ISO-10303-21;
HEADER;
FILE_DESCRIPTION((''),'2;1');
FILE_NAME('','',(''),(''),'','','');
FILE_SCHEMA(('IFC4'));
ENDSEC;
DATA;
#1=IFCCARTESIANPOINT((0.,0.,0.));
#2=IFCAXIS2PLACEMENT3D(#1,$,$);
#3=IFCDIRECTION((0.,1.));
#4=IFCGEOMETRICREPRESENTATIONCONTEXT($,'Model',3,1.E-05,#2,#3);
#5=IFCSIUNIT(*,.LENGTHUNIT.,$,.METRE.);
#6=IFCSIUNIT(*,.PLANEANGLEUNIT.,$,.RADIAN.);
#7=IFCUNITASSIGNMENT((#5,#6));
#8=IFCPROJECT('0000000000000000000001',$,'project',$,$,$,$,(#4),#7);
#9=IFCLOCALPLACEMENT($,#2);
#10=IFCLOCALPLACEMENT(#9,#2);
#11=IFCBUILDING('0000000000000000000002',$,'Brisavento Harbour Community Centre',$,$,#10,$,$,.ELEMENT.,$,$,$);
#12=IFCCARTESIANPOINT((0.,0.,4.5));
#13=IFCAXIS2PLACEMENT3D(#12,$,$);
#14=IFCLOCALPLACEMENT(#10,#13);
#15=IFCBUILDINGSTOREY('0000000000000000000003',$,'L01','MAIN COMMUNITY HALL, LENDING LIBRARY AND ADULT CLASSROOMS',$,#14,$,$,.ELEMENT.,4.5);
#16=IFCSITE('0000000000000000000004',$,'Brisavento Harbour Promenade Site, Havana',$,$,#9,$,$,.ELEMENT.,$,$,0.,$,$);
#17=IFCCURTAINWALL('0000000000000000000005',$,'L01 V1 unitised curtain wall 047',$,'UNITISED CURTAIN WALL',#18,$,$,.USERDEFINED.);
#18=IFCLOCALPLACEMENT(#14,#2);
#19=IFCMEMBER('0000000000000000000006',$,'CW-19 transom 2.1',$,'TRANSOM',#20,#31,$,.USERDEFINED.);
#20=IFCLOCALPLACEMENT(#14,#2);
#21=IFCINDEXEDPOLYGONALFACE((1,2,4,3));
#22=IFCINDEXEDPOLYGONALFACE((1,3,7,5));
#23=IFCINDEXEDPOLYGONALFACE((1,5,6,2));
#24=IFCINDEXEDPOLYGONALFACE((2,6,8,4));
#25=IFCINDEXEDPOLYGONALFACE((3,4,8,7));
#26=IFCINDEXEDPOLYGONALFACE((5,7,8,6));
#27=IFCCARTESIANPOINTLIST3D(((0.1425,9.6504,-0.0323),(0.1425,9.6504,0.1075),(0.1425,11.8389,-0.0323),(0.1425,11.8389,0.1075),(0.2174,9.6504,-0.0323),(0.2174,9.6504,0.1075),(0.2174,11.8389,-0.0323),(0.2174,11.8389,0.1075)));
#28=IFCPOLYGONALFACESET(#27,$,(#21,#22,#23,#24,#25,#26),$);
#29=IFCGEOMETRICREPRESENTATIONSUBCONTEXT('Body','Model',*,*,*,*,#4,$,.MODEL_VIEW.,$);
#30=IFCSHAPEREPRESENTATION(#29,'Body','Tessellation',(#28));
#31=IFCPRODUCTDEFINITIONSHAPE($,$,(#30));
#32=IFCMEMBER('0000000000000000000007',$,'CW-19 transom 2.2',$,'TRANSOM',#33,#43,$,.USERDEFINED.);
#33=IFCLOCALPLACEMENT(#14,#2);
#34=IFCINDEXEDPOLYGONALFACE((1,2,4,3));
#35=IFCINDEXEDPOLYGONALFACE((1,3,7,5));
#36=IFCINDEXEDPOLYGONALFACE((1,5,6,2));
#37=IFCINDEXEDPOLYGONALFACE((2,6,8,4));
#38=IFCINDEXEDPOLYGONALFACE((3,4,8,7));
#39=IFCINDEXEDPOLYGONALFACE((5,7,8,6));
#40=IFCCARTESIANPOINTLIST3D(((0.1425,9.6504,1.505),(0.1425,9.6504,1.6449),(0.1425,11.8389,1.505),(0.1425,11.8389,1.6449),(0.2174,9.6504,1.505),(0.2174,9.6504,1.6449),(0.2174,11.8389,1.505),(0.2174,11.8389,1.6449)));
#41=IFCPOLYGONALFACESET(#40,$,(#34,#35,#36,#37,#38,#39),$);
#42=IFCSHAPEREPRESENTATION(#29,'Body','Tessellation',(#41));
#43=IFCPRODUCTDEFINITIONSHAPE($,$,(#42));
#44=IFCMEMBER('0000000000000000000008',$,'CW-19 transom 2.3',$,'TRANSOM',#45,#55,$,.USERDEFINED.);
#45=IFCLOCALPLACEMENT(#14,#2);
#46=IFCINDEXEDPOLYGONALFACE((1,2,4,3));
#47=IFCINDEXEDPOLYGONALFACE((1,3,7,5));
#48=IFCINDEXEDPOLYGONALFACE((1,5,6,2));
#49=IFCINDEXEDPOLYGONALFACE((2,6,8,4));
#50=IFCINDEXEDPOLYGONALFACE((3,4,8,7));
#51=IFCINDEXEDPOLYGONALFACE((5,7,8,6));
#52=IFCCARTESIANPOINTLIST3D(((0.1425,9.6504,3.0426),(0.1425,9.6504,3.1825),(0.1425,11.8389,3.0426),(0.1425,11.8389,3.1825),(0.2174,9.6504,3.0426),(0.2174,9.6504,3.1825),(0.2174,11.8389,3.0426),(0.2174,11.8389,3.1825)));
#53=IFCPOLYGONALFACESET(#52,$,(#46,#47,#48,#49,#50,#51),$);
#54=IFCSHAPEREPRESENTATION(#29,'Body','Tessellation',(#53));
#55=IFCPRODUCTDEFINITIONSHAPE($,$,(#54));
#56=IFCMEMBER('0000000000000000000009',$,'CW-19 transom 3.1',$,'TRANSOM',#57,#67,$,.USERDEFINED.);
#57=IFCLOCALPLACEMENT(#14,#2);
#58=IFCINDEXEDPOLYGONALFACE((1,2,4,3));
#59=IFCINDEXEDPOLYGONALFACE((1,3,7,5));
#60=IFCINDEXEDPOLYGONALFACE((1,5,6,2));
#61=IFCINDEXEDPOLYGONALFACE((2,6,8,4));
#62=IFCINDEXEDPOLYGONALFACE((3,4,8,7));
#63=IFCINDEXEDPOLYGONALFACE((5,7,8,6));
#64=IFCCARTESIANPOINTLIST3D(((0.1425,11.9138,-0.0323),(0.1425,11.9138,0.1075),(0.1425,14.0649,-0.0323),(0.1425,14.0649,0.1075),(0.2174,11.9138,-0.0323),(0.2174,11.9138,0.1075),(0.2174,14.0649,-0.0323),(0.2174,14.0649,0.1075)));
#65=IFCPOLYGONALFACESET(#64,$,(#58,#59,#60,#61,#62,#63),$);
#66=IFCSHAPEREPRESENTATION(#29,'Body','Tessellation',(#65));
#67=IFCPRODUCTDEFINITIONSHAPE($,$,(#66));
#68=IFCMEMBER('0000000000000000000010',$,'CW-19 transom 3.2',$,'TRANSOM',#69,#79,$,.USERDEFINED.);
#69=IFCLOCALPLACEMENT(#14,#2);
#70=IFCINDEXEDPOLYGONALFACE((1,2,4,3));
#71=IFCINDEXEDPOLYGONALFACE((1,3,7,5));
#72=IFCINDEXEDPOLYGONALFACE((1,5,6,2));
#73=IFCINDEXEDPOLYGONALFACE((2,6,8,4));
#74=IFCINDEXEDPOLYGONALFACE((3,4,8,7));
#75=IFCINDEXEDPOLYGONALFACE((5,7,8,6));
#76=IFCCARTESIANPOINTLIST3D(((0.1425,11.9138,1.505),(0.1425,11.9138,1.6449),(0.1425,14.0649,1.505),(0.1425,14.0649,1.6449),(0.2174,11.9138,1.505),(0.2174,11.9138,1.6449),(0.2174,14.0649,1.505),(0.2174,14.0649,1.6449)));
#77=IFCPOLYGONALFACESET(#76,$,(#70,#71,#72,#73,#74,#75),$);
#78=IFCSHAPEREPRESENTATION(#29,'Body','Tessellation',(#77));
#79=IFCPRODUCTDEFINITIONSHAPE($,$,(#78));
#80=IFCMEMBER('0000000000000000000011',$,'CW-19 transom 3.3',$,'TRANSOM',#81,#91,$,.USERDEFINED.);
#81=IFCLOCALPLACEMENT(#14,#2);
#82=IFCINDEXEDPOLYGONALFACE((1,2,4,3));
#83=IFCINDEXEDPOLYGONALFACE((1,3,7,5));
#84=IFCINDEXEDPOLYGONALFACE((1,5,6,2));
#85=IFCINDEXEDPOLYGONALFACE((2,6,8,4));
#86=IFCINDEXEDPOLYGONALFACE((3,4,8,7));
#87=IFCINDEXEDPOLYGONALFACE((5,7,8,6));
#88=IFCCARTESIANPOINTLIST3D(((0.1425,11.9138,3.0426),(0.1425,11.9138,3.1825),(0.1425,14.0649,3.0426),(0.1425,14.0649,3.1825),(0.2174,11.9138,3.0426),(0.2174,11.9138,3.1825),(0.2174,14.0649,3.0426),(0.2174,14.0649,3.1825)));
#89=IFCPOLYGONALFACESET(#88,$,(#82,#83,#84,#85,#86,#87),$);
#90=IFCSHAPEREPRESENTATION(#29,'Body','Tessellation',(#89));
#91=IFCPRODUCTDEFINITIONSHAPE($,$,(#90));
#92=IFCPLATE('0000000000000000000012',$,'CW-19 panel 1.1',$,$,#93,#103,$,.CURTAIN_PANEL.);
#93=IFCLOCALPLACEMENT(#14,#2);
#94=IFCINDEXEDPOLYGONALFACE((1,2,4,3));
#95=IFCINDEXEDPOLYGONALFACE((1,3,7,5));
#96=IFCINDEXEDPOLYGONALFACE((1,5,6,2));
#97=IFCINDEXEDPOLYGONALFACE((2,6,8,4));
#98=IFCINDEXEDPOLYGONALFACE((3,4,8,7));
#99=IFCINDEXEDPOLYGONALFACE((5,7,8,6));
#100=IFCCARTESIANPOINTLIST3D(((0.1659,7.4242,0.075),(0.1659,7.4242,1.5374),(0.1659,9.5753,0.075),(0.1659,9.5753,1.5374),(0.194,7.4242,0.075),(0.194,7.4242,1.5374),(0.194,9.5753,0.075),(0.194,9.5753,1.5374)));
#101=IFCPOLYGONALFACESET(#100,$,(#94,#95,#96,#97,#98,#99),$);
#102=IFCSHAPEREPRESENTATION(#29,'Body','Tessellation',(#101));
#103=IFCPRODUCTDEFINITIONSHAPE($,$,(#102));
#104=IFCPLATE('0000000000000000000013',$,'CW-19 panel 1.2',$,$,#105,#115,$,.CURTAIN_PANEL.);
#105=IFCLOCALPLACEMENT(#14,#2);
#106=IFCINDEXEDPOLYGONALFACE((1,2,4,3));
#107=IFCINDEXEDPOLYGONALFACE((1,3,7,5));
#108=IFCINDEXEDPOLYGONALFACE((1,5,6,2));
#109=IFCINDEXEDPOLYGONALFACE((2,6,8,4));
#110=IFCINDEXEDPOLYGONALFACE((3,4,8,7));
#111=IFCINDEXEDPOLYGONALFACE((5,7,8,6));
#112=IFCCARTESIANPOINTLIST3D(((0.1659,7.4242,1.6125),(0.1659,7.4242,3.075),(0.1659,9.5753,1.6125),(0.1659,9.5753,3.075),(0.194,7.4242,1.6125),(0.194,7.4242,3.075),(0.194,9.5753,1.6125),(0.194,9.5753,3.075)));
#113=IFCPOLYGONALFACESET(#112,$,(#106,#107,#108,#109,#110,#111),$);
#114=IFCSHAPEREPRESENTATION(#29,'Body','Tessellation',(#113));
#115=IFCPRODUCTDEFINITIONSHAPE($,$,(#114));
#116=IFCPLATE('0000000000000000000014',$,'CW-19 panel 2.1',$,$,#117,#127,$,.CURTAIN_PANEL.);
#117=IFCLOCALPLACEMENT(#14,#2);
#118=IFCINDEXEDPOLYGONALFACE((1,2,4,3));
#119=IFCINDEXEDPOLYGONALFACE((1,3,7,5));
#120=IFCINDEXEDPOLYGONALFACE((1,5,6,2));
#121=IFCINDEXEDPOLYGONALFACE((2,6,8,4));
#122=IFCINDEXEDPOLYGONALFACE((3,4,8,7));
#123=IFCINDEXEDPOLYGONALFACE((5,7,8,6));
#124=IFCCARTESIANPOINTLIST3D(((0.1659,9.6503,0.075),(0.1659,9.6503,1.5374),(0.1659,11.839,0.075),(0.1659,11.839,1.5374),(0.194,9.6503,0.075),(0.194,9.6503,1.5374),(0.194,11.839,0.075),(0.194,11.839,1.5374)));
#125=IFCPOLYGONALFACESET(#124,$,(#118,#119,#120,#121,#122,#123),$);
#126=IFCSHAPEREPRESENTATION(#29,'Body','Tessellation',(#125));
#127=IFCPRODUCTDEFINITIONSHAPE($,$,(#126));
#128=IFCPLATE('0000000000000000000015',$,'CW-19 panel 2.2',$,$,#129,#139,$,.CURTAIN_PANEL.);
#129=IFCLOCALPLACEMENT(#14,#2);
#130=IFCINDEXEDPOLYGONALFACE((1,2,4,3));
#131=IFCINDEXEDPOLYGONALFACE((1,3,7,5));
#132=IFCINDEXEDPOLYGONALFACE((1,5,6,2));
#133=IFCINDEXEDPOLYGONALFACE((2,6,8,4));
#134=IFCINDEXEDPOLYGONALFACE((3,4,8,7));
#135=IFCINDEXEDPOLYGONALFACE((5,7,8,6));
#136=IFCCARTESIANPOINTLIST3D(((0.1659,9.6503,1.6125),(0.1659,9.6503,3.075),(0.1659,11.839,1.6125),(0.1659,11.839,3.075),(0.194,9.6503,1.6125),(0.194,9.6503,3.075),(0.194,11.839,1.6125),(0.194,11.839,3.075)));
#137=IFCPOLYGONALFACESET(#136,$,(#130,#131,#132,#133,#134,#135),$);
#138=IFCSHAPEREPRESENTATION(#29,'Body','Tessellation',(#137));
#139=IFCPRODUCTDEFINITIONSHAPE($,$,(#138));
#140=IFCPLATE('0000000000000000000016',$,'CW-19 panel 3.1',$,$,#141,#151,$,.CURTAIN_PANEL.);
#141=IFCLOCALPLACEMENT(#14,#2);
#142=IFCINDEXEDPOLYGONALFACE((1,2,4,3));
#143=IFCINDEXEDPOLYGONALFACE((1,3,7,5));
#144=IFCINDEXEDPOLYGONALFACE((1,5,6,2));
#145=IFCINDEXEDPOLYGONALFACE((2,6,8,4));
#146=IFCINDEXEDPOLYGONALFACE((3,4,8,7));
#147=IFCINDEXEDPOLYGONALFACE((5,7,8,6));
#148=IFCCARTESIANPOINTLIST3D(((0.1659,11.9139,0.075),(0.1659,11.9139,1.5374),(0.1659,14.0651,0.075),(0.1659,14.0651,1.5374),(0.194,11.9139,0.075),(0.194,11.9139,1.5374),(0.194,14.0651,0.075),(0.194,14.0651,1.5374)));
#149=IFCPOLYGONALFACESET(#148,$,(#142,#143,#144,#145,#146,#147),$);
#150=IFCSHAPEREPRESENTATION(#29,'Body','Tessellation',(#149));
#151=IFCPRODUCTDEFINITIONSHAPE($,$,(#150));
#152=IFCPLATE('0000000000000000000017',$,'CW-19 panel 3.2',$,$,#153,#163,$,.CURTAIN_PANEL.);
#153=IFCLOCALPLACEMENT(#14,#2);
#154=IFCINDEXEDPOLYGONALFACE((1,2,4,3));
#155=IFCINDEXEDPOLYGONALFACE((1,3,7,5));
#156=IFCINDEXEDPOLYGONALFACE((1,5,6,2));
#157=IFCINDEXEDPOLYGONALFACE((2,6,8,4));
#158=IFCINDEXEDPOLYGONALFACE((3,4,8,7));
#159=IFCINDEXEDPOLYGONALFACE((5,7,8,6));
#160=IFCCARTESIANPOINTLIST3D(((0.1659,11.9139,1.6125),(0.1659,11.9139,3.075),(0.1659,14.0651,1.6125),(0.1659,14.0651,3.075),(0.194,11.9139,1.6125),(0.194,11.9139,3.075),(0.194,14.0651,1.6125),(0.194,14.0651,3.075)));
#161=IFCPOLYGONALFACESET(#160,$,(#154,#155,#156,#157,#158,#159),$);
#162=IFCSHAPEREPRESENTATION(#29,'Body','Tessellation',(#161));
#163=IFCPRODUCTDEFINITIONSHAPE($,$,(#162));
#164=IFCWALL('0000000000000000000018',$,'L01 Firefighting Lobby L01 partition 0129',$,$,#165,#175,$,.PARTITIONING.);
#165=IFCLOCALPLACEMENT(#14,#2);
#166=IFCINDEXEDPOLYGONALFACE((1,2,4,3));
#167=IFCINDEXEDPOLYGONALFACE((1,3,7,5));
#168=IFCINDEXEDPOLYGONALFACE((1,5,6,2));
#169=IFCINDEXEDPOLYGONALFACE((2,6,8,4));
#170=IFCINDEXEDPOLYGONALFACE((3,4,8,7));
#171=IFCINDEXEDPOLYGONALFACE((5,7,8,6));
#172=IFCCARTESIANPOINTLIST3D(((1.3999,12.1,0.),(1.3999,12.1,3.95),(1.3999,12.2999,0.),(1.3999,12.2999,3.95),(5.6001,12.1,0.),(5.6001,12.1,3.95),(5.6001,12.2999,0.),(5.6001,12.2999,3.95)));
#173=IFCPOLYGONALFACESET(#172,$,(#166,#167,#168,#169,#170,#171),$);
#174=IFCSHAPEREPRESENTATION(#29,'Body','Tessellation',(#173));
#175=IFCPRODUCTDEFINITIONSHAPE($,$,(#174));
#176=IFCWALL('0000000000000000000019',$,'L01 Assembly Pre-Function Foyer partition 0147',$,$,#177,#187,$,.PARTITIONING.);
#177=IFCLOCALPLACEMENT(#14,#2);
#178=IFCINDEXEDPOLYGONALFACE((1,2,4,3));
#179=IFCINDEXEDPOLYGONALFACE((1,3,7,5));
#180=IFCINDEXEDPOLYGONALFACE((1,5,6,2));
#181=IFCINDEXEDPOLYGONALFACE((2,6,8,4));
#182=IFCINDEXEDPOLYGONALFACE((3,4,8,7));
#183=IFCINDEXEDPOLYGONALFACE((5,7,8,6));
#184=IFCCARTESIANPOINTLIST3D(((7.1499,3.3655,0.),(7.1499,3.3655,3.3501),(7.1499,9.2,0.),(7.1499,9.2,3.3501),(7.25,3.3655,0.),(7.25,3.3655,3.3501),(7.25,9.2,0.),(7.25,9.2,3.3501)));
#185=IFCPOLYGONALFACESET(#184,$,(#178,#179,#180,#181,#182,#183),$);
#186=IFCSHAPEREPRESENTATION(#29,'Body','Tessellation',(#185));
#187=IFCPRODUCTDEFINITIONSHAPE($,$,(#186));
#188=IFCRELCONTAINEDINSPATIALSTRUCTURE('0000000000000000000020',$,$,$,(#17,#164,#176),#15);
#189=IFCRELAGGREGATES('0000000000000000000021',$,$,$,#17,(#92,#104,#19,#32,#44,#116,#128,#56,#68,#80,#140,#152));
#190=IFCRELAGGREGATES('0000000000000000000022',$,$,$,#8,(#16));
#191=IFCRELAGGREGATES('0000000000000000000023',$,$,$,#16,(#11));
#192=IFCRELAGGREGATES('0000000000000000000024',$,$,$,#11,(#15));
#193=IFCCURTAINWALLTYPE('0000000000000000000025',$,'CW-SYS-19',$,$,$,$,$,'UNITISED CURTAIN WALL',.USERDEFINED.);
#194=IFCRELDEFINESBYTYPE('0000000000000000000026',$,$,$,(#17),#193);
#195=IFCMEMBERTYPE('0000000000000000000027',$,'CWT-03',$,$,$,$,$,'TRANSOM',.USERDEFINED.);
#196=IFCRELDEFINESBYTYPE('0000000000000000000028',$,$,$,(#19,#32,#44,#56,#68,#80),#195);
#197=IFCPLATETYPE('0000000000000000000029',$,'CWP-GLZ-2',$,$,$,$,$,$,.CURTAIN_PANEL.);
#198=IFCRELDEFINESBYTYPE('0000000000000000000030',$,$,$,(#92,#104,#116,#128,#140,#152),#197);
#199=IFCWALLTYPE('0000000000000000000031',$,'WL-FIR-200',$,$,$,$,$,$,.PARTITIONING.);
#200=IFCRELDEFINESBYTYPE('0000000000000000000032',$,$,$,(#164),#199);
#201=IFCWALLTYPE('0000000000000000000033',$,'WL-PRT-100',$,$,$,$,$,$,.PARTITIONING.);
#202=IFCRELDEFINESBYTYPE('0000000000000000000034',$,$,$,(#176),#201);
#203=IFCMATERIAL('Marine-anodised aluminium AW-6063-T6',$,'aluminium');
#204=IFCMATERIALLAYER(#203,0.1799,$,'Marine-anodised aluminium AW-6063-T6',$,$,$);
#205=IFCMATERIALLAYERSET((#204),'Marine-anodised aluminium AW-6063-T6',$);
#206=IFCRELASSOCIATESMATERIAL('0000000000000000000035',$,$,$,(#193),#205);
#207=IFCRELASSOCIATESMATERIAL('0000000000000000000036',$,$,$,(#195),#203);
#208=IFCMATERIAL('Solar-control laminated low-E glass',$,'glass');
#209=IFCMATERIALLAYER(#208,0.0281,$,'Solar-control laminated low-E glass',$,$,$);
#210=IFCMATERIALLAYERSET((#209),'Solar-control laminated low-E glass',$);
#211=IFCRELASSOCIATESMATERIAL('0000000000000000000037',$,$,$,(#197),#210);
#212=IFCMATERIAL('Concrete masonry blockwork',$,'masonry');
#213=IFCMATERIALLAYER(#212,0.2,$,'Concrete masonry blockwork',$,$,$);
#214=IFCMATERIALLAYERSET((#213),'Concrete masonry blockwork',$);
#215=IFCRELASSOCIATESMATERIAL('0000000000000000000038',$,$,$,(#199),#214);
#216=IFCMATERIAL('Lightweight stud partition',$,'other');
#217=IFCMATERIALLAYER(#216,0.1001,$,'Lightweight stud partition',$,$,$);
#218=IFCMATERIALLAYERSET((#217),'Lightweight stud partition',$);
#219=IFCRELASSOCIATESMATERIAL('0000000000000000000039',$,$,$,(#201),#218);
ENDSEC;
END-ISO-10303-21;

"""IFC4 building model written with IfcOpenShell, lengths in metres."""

from ifc_helpers import new_model, si_unit, direction, frame, frame_2d, origin, origin_2d, place, context, subcontext, project, spatial, rectangle, extrude, material, layer, layer_set, material_profile, profile_set, type_object, element, aggregate, save


model = new_model("IFC4")

# Units and contexts
model_context = context("Model", 3, precision=1e-05, world=origin(), true_north=direction((0.0, 1.0)))
body_context = subcontext(model_context, "Body", "Model", "MODEL_VIEW")
ifc_project = project(units=[si_unit("LENGTHUNIT", "METRE"), si_unit("PLANEANGLEUNIT", "RADIAN")], contexts=[model_context])

# Site, building, storey
site_placement = place(None, origin())
site = spatial("IfcSite", under=ifc_project, at=site_placement, Name="Brisavento Harbour Promenade Site, Havana", CompositionType="ELEMENT", RefElevation=0.0)
building_placement = place(site_placement, origin())
building = spatial("IfcBuilding", under=site, at=building_placement, Name="Brisavento Harbour Community Centre", CompositionType="ELEMENT")
storey_placement = place(building_placement, frame((0.0, 0.0, 4.5)))
storey = spatial("IfcBuildingStorey", under=building, at=storey_placement, Name="L01", Description="MAIN COMMUNITY HALL, LENDING LIBRARY AND ADULT CLASSROOMS", CompositionType="ELEMENT", Elevation=4.5)

# Curtain wall, members, plates
ifc_material_1 = material(Name="Marine-anodised aluminium AW-6063-T6", Category="aluminium")
ifc_layer_1 = layer(ifc_material_1, 0.1799, Name="Marine-anodised aluminium AW-6063-T6")
ifc_layer_set_1 = layer_set([ifc_layer_1], Name="Marine-anodised aluminium AW-6063-T6")
curtain_wall_type = type_object("IfcCurtainWallType", Name="CW-SYS-19", ElementType="UNITISED CURTAIN WALL", PredefinedType="USERDEFINED", material=ifc_layer_set_1)
curtain_wall_placement = place(storey_placement, origin())
curtain_wall = element("IfcCurtainWall", 1, at=curtain_wall_placement, inside=storey, type_object=curtain_wall_type, Name="L01 V1 unitised curtain wall 047", ObjectType="UNITISED CURTAIN WALL", PredefinedType="USERDEFINED")
ifc_material_profile_1 = material_profile(ifc_material_1, rectangle(XDim=0.075, YDim=0.1399, at=origin_2d()), Name="Marine-anodised aluminium AW-6063-T6")
ifc_profile_set_1 = profile_set([ifc_material_profile_1], Name="Marine-anodised aluminium AW-6063-T6")
member_type_1 = type_object("IfcMemberType", Name="CWT-03", ElementType="TRANSOM", PredefinedType="USERDEFINED", material=ifc_profile_set_1)
member_1_placement = place(storey_placement, frame((0.1799, 9.6504, 0.0376), z_axis=(0.0, 1.0, 0.0), x_axis=(-1.0, 0.0, 0.0)))
member_1 = element("IfcMember", 2, at=member_1_placement, type_object=member_type_1, Name="CW-19 transom 2.1", ObjectType="TRANSOM", PredefinedType="USERDEFINED", context=body_context, shape_type="SweptSolid", body=[
    extrude(rectangle(XDim=0.075, YDim=0.1399, at=origin_2d()), origin(), (0.0, 0.0, 1.0), 2.1885),
])
member_2_placement = place(storey_placement, frame((0.1799, 9.6504, 1.575), z_axis=(0.0, 1.0, 0.0), x_axis=(-1.0, 0.0, 0.0)))
member_2 = element("IfcMember", 3, at=member_2_placement, type_object=member_type_1, Name="CW-19 transom 2.2", ObjectType="TRANSOM", PredefinedType="USERDEFINED", context=body_context, shape_type="SweptSolid", body=[
    extrude(rectangle(XDim=0.075, YDim=0.1399, at=origin_2d()), origin(), (0.0, 0.0, 1.0), 2.1885),
])
member_3_placement = place(storey_placement, frame((0.1799, 9.6504, 3.1125), z_axis=(0.0, 1.0, 0.0), x_axis=(-1.0, 0.0, 0.0)))
member_3 = element("IfcMember", 4, at=member_3_placement, type_object=member_type_1, Name="CW-19 transom 2.3", ObjectType="TRANSOM", PredefinedType="USERDEFINED", context=body_context, shape_type="SweptSolid", body=[
    extrude(rectangle(XDim=0.075, YDim=0.1399, at=origin_2d()), origin(), (0.0, 0.0, 1.0), 2.1885),
])
member_4_placement = place(storey_placement, frame((0.1799, 11.9138, 0.0376), z_axis=(0.0, 1.0, 0.0), x_axis=(-1.0, 0.0, 0.0)))
member_4 = element("IfcMember", 5, at=member_4_placement, type_object=member_type_1, Name="CW-19 transom 3.1", ObjectType="TRANSOM", PredefinedType="USERDEFINED", context=body_context, shape_type="SweptSolid", body=[
    extrude(rectangle(XDim=0.075, YDim=0.1399, at=origin_2d()), origin(), (0.0, 0.0, 1.0), 2.1511),
])
member_5_placement = place(storey_placement, frame((0.1799, 11.9138, 1.575), z_axis=(0.0, 1.0, 0.0), x_axis=(-1.0, 0.0, 0.0)))
member_5 = element("IfcMember", 6, at=member_5_placement, type_object=member_type_1, Name="CW-19 transom 3.2", ObjectType="TRANSOM", PredefinedType="USERDEFINED", context=body_context, shape_type="SweptSolid", body=[
    extrude(rectangle(XDim=0.075, YDim=0.1399, at=origin_2d()), origin(), (0.0, 0.0, 1.0), 2.1511),
])
member_6_placement = place(storey_placement, frame((0.1799, 11.9138, 3.1125), z_axis=(0.0, 1.0, 0.0), x_axis=(-1.0, 0.0, 0.0)))
member_6 = element("IfcMember", 7, at=member_6_placement, type_object=member_type_1, Name="CW-19 transom 3.3", ObjectType="TRANSOM", PredefinedType="USERDEFINED", context=body_context, shape_type="SweptSolid", body=[
    extrude(rectangle(XDim=0.075, YDim=0.1399, at=origin_2d()), origin(), (0.0, 0.0, 1.0), 2.1511),
])
ifc_material_2 = material(Name="Solar-control laminated low-E glass", Category="glass")
ifc_layer_2 = layer(ifc_material_2, 0.0281, Name="Solar-control laminated low-E glass")
ifc_layer_set_2 = layer_set([ifc_layer_2], Name="Solar-control laminated low-E glass")
plate_type = type_object("IfcPlateType", Name="CWP-GLZ-2", PredefinedType="CURTAIN_PANEL", material=ifc_layer_set_2)
plate_1_placement = place(storey_placement, frame((0.1799, 8.4998, 0.075), z_axis=(0.0, 0.0, 1.0), x_axis=(0.0, 1.0, 0.0)))
plate_1 = element("IfcPlate", 8, at=plate_1_placement, type_object=plate_type, Name="CW-19 panel 1.1", PredefinedType="CURTAIN_PANEL", context=body_context, shape_type="SweptSolid", body=[
    extrude(rectangle(XDim=2.1511, YDim=0.0281, at=origin_2d()), origin(), (0.0, 0.0, 1.0), 1.4624),
])
plate_2_placement = place(storey_placement, frame((0.1799, 8.4998, 1.6125), z_axis=(0.0, 0.0, 1.0), x_axis=(0.0, 1.0, 0.0)))
plate_2 = element("IfcPlate", 9, at=plate_2_placement, type_object=plate_type, Name="CW-19 panel 1.2", PredefinedType="CURTAIN_PANEL", context=body_context, shape_type="SweptSolid", body=[
    extrude(rectangle(XDim=2.1511, YDim=0.0281, at=origin_2d()), origin(), (0.0, 0.0, 1.0), 1.4624),
])
plate_3_placement = place(storey_placement, frame((0.1799, 10.7446, 0.075), z_axis=(0.0, 0.0, 1.0), x_axis=(0.0, 1.0, 0.0)))
plate_3 = element("IfcPlate", 10, at=plate_3_placement, type_object=plate_type, Name="CW-19 panel 2.1", PredefinedType="CURTAIN_PANEL", context=body_context, shape_type="SweptSolid", body=[
    extrude(rectangle(XDim=2.1887, YDim=0.0281, at=origin_2d()), origin(), (0.0, 0.0, 1.0), 1.4624),
])
plate_4_placement = place(storey_placement, frame((0.1799, 10.7446, 1.6125), z_axis=(0.0, 0.0, 1.0), x_axis=(0.0, 1.0, 0.0)))
plate_4 = element("IfcPlate", 11, at=plate_4_placement, type_object=plate_type, Name="CW-19 panel 2.2", PredefinedType="CURTAIN_PANEL", context=body_context, shape_type="SweptSolid", body=[
    extrude(rectangle(XDim=2.1887, YDim=0.0281, at=origin_2d()), origin(), (0.0, 0.0, 1.0), 1.4624),
])
plate_5_placement = place(storey_placement, frame((0.1799, 12.9895, 0.075), z_axis=(0.0, 0.0, 1.0), x_axis=(0.0, 1.0, 0.0)))
plate_5 = element("IfcPlate", 12, at=plate_5_placement, type_object=plate_type, Name="CW-19 panel 3.1", PredefinedType="CURTAIN_PANEL", context=body_context, shape_type="SweptSolid", body=[
    extrude(rectangle(XDim=2.1511, YDim=0.0281, at=origin_2d()), origin(), (0.0, 0.0, 1.0), 1.4624),
])
plate_6_placement = place(storey_placement, frame((0.1799, 12.9895, 1.6125), z_axis=(0.0, 0.0, 1.0), x_axis=(0.0, 1.0, 0.0)))
plate_6 = element("IfcPlate", 13, at=plate_6_placement, type_object=plate_type, Name="CW-19 panel 3.2", PredefinedType="CURTAIN_PANEL", context=body_context, shape_type="SweptSolid", body=[
    extrude(rectangle(XDim=2.1511, YDim=0.0281, at=origin_2d()), origin(), (0.0, 0.0, 1.0), 1.4624),
])
aggregate(curtain_wall, [plate_1, plate_2, member_1, member_2, member_3, plate_3, plate_4, member_4, member_5, member_6, plate_5, plate_6])

# Walls
ifc_material_3 = material(Name="Concrete masonry blockwork", Category="masonry")
ifc_layer_3 = layer(ifc_material_3, 0.2, Name="Concrete masonry blockwork")
ifc_layer_set_3 = layer_set([ifc_layer_3], Name="Concrete masonry blockwork")
wall_type_1 = type_object("IfcWallType", Name="WL-FIR-200", PredefinedType="PARTITIONING", material=ifc_layer_set_3)
wall_1_placement = place(storey_placement, frame((1.3999, 12.2, 0.0), z_axis=(0.0, 0.0, 1.0), x_axis=(1.0, 0.0, 0.0)))
element("IfcWall", 14, at=wall_1_placement, inside=storey, type_object=wall_type_1, Name="L01 Firefighting Lobby L01 partition 0129", PredefinedType="PARTITIONING", context=body_context, shape_type="SweptSolid", body=[
    extrude(rectangle(XDim=4.2002, YDim=0.2, at=frame_2d((2.1001, 0.0))), origin(), (0.0, 0.0, 1.0), 3.95),
])
ifc_material_4 = material(Name="Lightweight stud partition", Category="other")
ifc_layer_4 = layer(ifc_material_4, 0.1001, Name="Lightweight stud partition")
ifc_layer_set_4 = layer_set([ifc_layer_4], Name="Lightweight stud partition")
wall_type_2 = type_object("IfcWallType", Name="WL-PRT-100", PredefinedType="PARTITIONING", material=ifc_layer_set_4)
wall_2_placement = place(storey_placement, frame((7.2, 9.2, 0.0), z_axis=(0.0, 0.0, 1.0), x_axis=(0.0, -1.0, 0.0)))
element("IfcWall", 15, at=wall_2_placement, inside=storey, type_object=wall_type_2, Name="L01 Assembly Pre-Function Foyer partition 0147", PredefinedType="PARTITIONING", context=body_context, shape_type="SweptSolid", body=[
    extrude(rectangle(XDim=5.8345, YDim=0.1001, at=frame_2d((2.9172, 0.0))), origin(), (0.0, 0.0, 1.0), 3.3501),
])

save(model, "model.ifc")
